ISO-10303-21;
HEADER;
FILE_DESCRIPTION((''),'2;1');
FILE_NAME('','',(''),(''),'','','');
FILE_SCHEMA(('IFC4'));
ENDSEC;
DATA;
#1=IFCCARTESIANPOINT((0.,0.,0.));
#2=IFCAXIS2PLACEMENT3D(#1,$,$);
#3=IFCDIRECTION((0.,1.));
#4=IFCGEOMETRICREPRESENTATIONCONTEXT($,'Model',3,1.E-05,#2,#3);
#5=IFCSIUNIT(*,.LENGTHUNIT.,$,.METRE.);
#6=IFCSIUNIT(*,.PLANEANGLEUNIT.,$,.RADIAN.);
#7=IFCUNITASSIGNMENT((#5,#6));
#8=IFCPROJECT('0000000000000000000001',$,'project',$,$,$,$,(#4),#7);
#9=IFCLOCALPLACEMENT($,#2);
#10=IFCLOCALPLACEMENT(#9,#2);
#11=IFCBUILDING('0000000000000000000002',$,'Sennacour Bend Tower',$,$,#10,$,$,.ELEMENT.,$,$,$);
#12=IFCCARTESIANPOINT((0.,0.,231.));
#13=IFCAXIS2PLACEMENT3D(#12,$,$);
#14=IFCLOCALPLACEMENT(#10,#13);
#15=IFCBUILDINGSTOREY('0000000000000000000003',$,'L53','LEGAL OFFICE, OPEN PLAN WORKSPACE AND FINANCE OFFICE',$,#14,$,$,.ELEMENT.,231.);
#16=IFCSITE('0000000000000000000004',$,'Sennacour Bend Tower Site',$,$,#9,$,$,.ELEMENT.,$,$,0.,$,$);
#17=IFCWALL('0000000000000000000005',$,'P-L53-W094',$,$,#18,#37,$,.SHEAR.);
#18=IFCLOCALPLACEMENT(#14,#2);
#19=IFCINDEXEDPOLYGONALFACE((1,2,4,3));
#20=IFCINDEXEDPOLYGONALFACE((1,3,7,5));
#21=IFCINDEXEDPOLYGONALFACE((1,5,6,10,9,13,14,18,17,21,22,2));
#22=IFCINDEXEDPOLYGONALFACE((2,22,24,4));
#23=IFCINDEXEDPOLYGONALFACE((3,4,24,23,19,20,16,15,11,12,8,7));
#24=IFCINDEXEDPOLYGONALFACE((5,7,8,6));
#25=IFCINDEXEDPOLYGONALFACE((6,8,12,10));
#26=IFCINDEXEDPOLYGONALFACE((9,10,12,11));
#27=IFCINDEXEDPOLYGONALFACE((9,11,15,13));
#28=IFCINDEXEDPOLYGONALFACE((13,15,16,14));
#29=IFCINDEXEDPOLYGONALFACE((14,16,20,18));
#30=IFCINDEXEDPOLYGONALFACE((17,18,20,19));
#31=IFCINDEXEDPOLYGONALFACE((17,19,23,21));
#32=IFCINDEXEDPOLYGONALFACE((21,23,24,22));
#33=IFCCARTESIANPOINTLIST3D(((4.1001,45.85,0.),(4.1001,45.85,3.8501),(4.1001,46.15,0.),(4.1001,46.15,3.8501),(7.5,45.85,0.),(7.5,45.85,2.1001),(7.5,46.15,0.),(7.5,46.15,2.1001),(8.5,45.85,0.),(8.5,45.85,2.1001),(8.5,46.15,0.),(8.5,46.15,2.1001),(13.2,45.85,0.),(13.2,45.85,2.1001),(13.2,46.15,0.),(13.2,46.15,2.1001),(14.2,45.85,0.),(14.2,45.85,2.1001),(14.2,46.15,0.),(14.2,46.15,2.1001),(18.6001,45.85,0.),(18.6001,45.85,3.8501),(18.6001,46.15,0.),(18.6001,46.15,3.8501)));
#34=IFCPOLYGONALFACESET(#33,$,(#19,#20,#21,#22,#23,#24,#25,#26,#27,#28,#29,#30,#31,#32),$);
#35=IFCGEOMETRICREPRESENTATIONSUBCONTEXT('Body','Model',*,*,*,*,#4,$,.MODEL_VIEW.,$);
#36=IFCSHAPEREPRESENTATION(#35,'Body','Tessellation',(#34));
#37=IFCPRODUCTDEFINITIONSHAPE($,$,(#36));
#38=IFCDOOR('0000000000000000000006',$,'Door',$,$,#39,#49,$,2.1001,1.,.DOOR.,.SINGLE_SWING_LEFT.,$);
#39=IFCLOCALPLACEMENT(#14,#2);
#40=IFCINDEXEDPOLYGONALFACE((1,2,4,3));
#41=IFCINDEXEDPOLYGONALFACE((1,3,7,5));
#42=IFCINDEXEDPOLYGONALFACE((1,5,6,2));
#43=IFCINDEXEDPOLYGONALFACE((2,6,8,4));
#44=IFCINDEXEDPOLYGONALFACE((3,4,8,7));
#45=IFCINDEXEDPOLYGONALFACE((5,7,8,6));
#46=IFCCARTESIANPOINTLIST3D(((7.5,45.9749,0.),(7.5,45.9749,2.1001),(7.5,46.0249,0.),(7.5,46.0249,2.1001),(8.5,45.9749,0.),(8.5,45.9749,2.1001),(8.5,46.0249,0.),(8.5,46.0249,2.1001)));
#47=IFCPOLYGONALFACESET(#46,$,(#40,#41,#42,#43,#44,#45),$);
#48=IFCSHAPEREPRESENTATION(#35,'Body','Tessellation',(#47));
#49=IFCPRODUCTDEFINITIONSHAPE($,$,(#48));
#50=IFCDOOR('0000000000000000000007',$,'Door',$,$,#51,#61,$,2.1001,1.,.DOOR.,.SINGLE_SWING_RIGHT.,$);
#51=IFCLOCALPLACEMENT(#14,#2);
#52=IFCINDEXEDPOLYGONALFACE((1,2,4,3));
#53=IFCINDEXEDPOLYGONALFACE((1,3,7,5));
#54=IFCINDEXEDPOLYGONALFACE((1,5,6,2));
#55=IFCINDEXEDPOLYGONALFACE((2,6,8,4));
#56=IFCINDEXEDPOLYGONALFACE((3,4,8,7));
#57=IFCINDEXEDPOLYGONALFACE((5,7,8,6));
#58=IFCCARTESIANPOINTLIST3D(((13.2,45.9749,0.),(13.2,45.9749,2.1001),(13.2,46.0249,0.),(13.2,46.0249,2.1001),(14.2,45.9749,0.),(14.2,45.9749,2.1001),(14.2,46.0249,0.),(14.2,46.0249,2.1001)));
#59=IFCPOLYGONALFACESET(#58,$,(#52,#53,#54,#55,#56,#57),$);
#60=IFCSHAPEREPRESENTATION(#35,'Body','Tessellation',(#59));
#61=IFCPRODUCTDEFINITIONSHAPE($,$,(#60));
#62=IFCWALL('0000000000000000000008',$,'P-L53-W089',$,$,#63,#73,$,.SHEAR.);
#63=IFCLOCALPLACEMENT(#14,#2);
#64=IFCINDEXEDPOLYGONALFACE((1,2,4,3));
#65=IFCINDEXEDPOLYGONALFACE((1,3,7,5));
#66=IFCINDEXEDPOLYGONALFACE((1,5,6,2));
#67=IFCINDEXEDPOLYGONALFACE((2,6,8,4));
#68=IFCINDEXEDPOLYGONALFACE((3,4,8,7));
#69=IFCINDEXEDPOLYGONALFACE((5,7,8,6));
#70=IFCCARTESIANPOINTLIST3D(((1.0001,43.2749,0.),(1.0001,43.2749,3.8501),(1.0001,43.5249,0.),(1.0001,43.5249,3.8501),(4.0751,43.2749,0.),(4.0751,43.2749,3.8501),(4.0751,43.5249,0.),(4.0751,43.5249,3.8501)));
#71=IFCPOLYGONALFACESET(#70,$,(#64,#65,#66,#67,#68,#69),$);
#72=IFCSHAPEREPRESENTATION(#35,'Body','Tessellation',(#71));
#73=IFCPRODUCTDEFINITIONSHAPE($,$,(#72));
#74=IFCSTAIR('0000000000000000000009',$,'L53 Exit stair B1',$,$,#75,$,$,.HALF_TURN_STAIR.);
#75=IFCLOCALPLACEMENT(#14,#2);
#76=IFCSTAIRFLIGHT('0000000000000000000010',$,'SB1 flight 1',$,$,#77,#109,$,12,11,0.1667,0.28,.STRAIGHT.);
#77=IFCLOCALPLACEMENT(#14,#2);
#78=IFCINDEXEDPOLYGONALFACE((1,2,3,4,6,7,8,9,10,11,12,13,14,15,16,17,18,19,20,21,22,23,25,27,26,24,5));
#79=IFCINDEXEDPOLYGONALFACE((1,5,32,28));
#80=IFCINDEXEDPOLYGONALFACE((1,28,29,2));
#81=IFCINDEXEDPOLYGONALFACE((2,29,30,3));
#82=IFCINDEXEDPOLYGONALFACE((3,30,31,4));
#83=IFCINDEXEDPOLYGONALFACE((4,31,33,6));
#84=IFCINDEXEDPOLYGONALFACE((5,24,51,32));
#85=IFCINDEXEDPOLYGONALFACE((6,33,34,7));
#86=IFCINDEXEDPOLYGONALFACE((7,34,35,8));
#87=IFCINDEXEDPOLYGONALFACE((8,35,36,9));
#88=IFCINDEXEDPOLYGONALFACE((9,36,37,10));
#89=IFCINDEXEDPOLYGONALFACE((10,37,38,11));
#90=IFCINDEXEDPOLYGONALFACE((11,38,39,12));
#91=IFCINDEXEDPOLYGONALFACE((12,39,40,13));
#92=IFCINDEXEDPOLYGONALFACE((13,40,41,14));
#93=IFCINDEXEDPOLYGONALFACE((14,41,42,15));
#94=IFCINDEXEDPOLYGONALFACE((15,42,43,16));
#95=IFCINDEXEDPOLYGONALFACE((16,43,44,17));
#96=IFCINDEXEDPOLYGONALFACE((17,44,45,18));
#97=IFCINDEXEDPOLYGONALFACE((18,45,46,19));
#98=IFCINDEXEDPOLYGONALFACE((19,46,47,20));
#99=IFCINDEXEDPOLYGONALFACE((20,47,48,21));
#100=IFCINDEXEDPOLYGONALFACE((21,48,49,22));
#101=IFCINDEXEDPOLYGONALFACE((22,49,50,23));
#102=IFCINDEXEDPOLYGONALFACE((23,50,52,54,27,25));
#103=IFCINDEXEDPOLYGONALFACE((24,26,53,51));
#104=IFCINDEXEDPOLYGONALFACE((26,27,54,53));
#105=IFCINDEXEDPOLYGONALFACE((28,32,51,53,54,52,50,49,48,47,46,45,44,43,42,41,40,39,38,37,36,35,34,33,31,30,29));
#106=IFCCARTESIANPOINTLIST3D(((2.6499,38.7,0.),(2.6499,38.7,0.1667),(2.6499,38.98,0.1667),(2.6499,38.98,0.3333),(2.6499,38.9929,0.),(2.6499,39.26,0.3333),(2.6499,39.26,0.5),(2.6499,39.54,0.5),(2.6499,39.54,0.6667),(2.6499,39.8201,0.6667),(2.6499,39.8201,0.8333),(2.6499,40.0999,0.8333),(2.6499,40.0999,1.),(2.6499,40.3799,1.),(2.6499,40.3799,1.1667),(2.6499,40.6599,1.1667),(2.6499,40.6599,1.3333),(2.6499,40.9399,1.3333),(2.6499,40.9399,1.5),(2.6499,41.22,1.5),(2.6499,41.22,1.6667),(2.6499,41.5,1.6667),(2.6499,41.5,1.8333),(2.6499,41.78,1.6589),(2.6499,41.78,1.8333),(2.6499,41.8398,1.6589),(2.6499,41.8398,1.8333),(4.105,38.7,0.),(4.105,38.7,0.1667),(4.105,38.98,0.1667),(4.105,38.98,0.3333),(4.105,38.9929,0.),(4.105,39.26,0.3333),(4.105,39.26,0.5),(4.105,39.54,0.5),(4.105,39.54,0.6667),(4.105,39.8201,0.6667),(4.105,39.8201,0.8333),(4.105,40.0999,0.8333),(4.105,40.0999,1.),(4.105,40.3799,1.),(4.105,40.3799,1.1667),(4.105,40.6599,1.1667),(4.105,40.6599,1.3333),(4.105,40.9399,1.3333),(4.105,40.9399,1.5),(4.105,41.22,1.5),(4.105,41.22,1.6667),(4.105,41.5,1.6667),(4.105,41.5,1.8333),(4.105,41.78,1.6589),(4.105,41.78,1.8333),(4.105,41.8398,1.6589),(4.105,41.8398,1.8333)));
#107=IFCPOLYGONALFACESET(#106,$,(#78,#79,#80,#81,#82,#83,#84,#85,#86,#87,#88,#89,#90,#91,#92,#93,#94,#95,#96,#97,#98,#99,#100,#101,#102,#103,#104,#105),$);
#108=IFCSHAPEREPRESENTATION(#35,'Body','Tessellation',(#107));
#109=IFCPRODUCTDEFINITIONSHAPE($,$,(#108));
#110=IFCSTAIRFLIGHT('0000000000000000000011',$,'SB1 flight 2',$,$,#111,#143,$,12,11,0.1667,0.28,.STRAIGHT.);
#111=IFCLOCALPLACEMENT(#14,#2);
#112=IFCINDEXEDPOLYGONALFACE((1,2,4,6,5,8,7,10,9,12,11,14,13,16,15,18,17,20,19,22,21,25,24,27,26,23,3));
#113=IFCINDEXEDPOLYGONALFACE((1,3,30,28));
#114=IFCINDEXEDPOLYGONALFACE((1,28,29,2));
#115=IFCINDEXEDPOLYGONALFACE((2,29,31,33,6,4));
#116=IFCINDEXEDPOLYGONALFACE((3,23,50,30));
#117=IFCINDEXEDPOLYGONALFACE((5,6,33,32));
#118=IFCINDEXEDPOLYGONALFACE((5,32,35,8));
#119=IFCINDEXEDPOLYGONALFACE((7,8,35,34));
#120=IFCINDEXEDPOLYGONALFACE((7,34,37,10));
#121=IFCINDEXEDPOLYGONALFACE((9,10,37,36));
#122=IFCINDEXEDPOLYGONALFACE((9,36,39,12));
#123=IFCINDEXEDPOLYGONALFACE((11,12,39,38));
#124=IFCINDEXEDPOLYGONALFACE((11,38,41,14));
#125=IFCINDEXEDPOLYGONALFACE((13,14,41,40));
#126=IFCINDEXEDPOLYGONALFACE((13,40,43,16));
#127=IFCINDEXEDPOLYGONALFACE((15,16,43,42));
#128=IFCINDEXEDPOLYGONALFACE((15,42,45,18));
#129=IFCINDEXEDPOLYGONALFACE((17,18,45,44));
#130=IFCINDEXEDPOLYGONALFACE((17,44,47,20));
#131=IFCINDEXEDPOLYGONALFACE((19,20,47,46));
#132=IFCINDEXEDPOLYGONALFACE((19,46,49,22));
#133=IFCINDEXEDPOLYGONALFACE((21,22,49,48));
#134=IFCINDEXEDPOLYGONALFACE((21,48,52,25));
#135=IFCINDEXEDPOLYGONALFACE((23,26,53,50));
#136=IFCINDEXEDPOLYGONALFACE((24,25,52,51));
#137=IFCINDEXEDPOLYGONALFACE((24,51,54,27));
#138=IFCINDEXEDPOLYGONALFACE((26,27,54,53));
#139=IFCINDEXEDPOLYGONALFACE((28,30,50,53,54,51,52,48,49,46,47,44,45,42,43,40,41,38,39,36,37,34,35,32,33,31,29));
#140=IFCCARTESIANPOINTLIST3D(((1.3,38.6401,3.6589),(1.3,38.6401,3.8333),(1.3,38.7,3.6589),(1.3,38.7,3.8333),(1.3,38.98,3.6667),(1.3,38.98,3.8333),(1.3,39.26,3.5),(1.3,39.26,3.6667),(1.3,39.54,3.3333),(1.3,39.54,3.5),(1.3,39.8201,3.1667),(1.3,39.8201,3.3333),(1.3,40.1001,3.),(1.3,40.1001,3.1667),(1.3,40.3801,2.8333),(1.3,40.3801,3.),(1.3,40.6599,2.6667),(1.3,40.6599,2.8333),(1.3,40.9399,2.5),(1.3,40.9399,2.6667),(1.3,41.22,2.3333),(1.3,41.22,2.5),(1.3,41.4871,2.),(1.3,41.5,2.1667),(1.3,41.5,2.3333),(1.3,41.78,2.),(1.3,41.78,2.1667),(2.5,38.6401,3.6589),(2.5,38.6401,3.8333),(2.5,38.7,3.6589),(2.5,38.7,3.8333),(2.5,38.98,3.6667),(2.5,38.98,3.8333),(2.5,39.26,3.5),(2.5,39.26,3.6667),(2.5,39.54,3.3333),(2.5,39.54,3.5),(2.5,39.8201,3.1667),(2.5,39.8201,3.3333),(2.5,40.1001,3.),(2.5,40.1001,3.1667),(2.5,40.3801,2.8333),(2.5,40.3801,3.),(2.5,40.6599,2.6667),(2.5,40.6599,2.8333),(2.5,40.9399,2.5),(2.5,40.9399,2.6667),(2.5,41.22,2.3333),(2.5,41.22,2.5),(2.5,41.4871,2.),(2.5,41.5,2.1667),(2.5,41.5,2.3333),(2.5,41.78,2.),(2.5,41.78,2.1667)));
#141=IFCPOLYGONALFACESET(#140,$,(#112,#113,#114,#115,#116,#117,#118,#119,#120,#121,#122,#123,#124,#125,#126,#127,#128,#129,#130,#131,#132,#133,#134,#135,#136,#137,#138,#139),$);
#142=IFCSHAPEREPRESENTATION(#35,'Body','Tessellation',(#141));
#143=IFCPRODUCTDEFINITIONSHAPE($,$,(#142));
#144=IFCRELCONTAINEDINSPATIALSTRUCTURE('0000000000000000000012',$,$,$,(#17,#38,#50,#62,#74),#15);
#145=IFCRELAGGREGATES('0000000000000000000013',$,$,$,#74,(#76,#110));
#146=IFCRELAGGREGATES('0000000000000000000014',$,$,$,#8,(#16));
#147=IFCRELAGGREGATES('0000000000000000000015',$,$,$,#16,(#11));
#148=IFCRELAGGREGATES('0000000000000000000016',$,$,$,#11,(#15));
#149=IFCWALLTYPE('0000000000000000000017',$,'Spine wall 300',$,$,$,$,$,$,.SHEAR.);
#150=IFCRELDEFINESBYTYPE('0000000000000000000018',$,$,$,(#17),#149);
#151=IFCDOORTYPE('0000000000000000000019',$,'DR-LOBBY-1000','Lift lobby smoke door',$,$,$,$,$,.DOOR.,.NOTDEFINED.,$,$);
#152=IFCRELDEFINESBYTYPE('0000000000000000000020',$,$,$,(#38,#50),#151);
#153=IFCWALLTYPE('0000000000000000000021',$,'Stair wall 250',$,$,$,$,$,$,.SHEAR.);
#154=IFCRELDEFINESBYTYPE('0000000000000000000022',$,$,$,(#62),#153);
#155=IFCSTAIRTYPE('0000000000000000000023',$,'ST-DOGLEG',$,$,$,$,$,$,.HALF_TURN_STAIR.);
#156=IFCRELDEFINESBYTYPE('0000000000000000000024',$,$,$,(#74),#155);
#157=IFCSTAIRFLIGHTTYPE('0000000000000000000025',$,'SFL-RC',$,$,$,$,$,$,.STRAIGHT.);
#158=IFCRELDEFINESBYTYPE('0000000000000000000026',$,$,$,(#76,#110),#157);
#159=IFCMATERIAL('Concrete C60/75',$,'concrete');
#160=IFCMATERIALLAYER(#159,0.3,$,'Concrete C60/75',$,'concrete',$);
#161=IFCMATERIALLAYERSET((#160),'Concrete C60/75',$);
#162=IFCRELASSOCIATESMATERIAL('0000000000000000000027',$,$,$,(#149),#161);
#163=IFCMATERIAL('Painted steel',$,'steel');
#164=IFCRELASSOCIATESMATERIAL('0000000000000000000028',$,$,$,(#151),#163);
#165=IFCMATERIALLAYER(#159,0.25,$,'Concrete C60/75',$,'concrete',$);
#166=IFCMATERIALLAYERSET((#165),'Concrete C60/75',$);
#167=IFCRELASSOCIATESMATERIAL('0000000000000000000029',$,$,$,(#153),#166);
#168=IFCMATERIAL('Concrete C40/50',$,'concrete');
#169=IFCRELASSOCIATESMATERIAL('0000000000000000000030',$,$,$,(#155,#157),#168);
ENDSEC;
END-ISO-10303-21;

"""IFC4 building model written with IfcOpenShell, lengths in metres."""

from ifc_helpers import new_model, si_unit, direction, frame, frame_2d, origin, place, context, subcontext, project, spatial, polyline, rectangle, outline, extrude, material, layer, layer_set, type_object, element, fill, aggregate, save


model = new_model("IFC4")

# Units and contexts
model_context = context("Model", 3, precision=1e-05, world=origin(), true_north=direction((0.0, 1.0)))
body_context = subcontext(model_context, "Body", "Model", "MODEL_VIEW")
ifc_project = project(units=[si_unit("LENGTHUNIT", "METRE"), si_unit("PLANEANGLEUNIT", "RADIAN")], contexts=[model_context])

# Site, building, storey
site_placement = place(None, origin())
site = spatial("IfcSite", under=ifc_project, at=site_placement, Name="Sennacour Bend Tower Site", CompositionType="ELEMENT", RefElevation=0.0)
building_placement = place(site_placement, origin())
building = spatial("IfcBuilding", under=site, at=building_placement, Name="Sennacour Bend Tower", CompositionType="ELEMENT")
storey_placement = place(building_placement, frame((0.0, 0.0, 231.0)))
storey = spatial("IfcBuildingStorey", under=building, at=storey_placement, Name="L53", Description="LEGAL OFFICE, OPEN PLAN WORKSPACE AND FINANCE OFFICE", CompositionType="ELEMENT", Elevation=231.0)

# Shared definitions
ifc_material_1 = material(Name="Concrete C60/75", Category="concrete")

# Shared definitions
ifc_material_2 = material(Name="Painted steel", Category="steel")

# Wall, openings, doors
ifc_layer_1 = layer(ifc_material_1, 0.3, Name="Concrete C60/75", Category="concrete")
ifc_layer_set_1 = layer_set([ifc_layer_1], Name="Concrete C60/75")
wall_type_1 = type_object("IfcWallType", Name="Spine wall 300", PredefinedType="SHEAR", material=ifc_layer_set_1)
wall_1_placement = place(storey_placement, frame((4.1001, 46.0, 0.0), z_axis=(0.0, 0.0, 1.0), x_axis=(1.0, 0.0, 0.0)))
wall_1 = element("IfcWall", 1, at=wall_1_placement, inside=storey, type_object=wall_type_1, Name="P-L53-W094", PredefinedType="SHEAR", context=body_context, shape_type="SweptSolid", body=[
    extrude(rectangle(XDim=14.5, YDim=0.3, at=frame_2d((7.25, 0.0))), origin(), (0.0, 0.0, 1.0), 3.8501),
])
opening_1_placement = place(wall_1_placement, frame((3.3999, 0.0, 0.0)))
opening_1 = element("IfcOpeningElement", 2, at=opening_1_placement, cuts=wall_1, PredefinedType="OPENING", context=body_context, shape_type="SweptSolid", body=[
    extrude(rectangle(XDim=1.0, YDim=2.1001, at=frame_2d((0.5, 1.05))), frame((0.0, 0.1602, 0.0), z_axis=(0.0, -1.0, 0.0), x_axis=(1.0, 0.0, 0.0)), (0.0, 0.0, 1.0), 0.3201),
])
opening_2_placement = place(wall_1_placement, frame((9.0999, 0.0, 0.0)))
opening_2 = element("IfcOpeningElement", 3, at=opening_2_placement, cuts=wall_1, PredefinedType="OPENING", context=body_context, shape_type="SweptSolid", body=[
    extrude(rectangle(XDim=1.0, YDim=2.1001, at=frame_2d((0.5, 1.05))), frame((0.0, 0.1602, 0.0), z_axis=(0.0, -1.0, 0.0), x_axis=(1.0, 0.0, 0.0)), (0.0, 0.0, 1.0), 0.3201),
])
door_type_1 = type_object("IfcDoorType", Name="DR-LOBBY-1000", Description="Lift lobby smoke door", OperationType="NOTDEFINED", PredefinedType="DOOR", material=ifc_material_2)
door_1_placement = place(opening_1_placement, origin())
door_1 = element("IfcDoor", 4, at=door_1_placement, inside=storey, type_object=door_type_1, Name="Door", OperationType="SINGLE_SWING_LEFT", OverallHeight=2.1001, OverallWidth=1.0, PredefinedType="DOOR", context=body_context, shape_type="SweptSolid", body=[
    extrude(rectangle(XDim=1.0, YDim=2.1001, at=frame_2d((0.5, 1.05))), frame((0.0, 0.0249, 0.0), z_axis=(0.0, -1.0, 0.0), x_axis=(1.0, 0.0, 0.0)), (0.0, 0.0, 1.0), 0.05),
])
fill(opening_1, door_1)
door_2_placement = place(opening_2_placement, origin())
door_2 = element("IfcDoor", 5, at=door_2_placement, inside=storey, type_object=door_type_1, Name="Door", OperationType="SINGLE_SWING_RIGHT", OverallHeight=2.1001, OverallWidth=1.0, PredefinedType="DOOR", context=body_context, shape_type="SweptSolid", body=[
    extrude(rectangle(XDim=1.0, YDim=2.1001, at=frame_2d((0.5, 1.05))), frame((0.0, 0.0249, 0.0), z_axis=(0.0, -1.0, 0.0), x_axis=(1.0, 0.0, 0.0)), (0.0, 0.0, 1.0), 0.05),
])
fill(opening_2, door_2)

# Wall
ifc_layer_2 = layer(ifc_material_1, 0.25, Name="Concrete C60/75", Category="concrete")
ifc_layer_set_2 = layer_set([ifc_layer_2], Name="Concrete C60/75")
wall_type_2 = type_object("IfcWallType", Name="Stair wall 250", PredefinedType="SHEAR", material=ifc_layer_set_2)
wall_2_placement = place(storey_placement, frame((1.0, 43.3999, 0.0), z_axis=(0.0, 0.0, 1.0), x_axis=(1.0, 0.0, 0.0)))
element("IfcWall", 6, at=wall_2_placement, inside=storey, type_object=wall_type_2, Name="P-L53-W089", PredefinedType="SHEAR", context=body_context, shape_type="SweptSolid", body=[
    extrude(rectangle(XDim=3.075, YDim=0.25, at=frame_2d((1.5376, 0.0))), origin(), (0.0, 0.0, 1.0), 3.8501),
])

# Stair, stair flights
ifc_material_3 = material(Name="Concrete C40/50", Category="concrete")
stair_type = type_object("IfcStairType", Name="ST-DOGLEG", PredefinedType="HALF_TURN_STAIR", material=ifc_material_3)
stair_placement = place(storey_placement, origin())
stair = element("IfcStair", 7, at=stair_placement, inside=storey, type_object=stair_type, Name="L53 Exit stair B1", PredefinedType="HALF_TURN_STAIR")
stair_flight_type = type_object("IfcStairFlightType", Name="SFL-RC", PredefinedType="STRAIGHT", material=ifc_material_3)
stair_flight_1_placement = place(storey_placement, frame((3.3774, 38.7, 0.0), z_axis=(0.0, 0.0, 1.0), x_axis=(0.0, 1.0, 0.0)))
stair_flight_1 = element("IfcStairFlight", 8, at=stair_flight_1_placement, type_object=stair_flight_type, Name="SB1 flight 1", NumberOfRisers=12, NumberOfTreads=11, PredefinedType="STRAIGHT", RiserHeight=0.1667, TreadLength=0.28, context=body_context, shape_type="SweptSolid", body=[
    extrude(outline(polyline([(0.0, 0.0), (0.0, 0.1667), (0.28, 0.1667), (0.28, 0.3333), (0.5601, 0.3333), (0.5601, 0.5), (0.8401, 0.5), (0.8401, 0.6667), (1.1201, 0.6667), (1.1201, 0.8333), (1.3999, 0.8333), (1.3999, 1.0), (1.6799, 1.0), (1.6799, 1.1667), (1.96, 1.1667), (1.96, 1.3333), (2.24, 1.3333), (2.24, 1.5), (2.52, 1.5), (2.52, 1.6667), (2.8, 1.6667), (2.8, 1.8333), (3.0801, 1.8333), (3.1399, 1.8333), (3.1399, 1.6589), (3.0801, 1.6589), (0.293, 0.0), (0.0, 0.0)])), frame((0.0, 0.7275, 0.0), z_axis=(0.0, -1.0, 0.0), x_axis=(1.0, 0.0, 0.0)), (0.0, 0.0, 1.0), 1.4551),
])
stair_flight_2_placement = place(storey_placement, frame((1.8999, 41.78, 2.0), z_axis=(0.0, 0.0, 1.0), x_axis=(0.0, -1.0, 0.0)))
stair_flight_2 = element("IfcStairFlight", 9, at=stair_flight_2_placement, type_object=stair_flight_type, Name="SB1 flight 2", NumberOfRisers=12, NumberOfTreads=11, PredefinedType="STRAIGHT", RiserHeight=0.1667, TreadLength=0.28, context=body_context, shape_type="SweptSolid", body=[
    extrude(outline(polyline([(0.0, 0.0), (0.0, 0.1667), (0.28, 0.1667), (0.28, 0.3333), (0.5601, 0.3333), (0.5601, 0.5), (0.8401, 0.5), (0.8401, 0.6667), (1.1201, 0.6667), (1.1201, 0.8333), (1.3999, 0.8333), (1.3999, 1.0), (1.6799, 1.0), (1.6799, 1.1667), (1.96, 1.1667), (1.96, 1.3333), (2.24, 1.3333), (2.24, 1.5), (2.52, 1.5), (2.52, 1.6667), (2.8, 1.6667), (2.8, 1.8333), (3.0801, 1.8333), (3.1399, 1.8333), (3.1399, 1.6589), (3.0801, 1.6589), (0.293, 0.0), (0.0, 0.0)])), frame((0.0, 0.6001, 0.0), z_axis=(0.0, -1.0, 0.0), x_axis=(1.0, 0.0, 0.0)), (0.0, 0.0, 1.0), 1.2),
])
aggregate(stair, [stair_flight_1, stair_flight_2])

save(model, "model.ifc")
